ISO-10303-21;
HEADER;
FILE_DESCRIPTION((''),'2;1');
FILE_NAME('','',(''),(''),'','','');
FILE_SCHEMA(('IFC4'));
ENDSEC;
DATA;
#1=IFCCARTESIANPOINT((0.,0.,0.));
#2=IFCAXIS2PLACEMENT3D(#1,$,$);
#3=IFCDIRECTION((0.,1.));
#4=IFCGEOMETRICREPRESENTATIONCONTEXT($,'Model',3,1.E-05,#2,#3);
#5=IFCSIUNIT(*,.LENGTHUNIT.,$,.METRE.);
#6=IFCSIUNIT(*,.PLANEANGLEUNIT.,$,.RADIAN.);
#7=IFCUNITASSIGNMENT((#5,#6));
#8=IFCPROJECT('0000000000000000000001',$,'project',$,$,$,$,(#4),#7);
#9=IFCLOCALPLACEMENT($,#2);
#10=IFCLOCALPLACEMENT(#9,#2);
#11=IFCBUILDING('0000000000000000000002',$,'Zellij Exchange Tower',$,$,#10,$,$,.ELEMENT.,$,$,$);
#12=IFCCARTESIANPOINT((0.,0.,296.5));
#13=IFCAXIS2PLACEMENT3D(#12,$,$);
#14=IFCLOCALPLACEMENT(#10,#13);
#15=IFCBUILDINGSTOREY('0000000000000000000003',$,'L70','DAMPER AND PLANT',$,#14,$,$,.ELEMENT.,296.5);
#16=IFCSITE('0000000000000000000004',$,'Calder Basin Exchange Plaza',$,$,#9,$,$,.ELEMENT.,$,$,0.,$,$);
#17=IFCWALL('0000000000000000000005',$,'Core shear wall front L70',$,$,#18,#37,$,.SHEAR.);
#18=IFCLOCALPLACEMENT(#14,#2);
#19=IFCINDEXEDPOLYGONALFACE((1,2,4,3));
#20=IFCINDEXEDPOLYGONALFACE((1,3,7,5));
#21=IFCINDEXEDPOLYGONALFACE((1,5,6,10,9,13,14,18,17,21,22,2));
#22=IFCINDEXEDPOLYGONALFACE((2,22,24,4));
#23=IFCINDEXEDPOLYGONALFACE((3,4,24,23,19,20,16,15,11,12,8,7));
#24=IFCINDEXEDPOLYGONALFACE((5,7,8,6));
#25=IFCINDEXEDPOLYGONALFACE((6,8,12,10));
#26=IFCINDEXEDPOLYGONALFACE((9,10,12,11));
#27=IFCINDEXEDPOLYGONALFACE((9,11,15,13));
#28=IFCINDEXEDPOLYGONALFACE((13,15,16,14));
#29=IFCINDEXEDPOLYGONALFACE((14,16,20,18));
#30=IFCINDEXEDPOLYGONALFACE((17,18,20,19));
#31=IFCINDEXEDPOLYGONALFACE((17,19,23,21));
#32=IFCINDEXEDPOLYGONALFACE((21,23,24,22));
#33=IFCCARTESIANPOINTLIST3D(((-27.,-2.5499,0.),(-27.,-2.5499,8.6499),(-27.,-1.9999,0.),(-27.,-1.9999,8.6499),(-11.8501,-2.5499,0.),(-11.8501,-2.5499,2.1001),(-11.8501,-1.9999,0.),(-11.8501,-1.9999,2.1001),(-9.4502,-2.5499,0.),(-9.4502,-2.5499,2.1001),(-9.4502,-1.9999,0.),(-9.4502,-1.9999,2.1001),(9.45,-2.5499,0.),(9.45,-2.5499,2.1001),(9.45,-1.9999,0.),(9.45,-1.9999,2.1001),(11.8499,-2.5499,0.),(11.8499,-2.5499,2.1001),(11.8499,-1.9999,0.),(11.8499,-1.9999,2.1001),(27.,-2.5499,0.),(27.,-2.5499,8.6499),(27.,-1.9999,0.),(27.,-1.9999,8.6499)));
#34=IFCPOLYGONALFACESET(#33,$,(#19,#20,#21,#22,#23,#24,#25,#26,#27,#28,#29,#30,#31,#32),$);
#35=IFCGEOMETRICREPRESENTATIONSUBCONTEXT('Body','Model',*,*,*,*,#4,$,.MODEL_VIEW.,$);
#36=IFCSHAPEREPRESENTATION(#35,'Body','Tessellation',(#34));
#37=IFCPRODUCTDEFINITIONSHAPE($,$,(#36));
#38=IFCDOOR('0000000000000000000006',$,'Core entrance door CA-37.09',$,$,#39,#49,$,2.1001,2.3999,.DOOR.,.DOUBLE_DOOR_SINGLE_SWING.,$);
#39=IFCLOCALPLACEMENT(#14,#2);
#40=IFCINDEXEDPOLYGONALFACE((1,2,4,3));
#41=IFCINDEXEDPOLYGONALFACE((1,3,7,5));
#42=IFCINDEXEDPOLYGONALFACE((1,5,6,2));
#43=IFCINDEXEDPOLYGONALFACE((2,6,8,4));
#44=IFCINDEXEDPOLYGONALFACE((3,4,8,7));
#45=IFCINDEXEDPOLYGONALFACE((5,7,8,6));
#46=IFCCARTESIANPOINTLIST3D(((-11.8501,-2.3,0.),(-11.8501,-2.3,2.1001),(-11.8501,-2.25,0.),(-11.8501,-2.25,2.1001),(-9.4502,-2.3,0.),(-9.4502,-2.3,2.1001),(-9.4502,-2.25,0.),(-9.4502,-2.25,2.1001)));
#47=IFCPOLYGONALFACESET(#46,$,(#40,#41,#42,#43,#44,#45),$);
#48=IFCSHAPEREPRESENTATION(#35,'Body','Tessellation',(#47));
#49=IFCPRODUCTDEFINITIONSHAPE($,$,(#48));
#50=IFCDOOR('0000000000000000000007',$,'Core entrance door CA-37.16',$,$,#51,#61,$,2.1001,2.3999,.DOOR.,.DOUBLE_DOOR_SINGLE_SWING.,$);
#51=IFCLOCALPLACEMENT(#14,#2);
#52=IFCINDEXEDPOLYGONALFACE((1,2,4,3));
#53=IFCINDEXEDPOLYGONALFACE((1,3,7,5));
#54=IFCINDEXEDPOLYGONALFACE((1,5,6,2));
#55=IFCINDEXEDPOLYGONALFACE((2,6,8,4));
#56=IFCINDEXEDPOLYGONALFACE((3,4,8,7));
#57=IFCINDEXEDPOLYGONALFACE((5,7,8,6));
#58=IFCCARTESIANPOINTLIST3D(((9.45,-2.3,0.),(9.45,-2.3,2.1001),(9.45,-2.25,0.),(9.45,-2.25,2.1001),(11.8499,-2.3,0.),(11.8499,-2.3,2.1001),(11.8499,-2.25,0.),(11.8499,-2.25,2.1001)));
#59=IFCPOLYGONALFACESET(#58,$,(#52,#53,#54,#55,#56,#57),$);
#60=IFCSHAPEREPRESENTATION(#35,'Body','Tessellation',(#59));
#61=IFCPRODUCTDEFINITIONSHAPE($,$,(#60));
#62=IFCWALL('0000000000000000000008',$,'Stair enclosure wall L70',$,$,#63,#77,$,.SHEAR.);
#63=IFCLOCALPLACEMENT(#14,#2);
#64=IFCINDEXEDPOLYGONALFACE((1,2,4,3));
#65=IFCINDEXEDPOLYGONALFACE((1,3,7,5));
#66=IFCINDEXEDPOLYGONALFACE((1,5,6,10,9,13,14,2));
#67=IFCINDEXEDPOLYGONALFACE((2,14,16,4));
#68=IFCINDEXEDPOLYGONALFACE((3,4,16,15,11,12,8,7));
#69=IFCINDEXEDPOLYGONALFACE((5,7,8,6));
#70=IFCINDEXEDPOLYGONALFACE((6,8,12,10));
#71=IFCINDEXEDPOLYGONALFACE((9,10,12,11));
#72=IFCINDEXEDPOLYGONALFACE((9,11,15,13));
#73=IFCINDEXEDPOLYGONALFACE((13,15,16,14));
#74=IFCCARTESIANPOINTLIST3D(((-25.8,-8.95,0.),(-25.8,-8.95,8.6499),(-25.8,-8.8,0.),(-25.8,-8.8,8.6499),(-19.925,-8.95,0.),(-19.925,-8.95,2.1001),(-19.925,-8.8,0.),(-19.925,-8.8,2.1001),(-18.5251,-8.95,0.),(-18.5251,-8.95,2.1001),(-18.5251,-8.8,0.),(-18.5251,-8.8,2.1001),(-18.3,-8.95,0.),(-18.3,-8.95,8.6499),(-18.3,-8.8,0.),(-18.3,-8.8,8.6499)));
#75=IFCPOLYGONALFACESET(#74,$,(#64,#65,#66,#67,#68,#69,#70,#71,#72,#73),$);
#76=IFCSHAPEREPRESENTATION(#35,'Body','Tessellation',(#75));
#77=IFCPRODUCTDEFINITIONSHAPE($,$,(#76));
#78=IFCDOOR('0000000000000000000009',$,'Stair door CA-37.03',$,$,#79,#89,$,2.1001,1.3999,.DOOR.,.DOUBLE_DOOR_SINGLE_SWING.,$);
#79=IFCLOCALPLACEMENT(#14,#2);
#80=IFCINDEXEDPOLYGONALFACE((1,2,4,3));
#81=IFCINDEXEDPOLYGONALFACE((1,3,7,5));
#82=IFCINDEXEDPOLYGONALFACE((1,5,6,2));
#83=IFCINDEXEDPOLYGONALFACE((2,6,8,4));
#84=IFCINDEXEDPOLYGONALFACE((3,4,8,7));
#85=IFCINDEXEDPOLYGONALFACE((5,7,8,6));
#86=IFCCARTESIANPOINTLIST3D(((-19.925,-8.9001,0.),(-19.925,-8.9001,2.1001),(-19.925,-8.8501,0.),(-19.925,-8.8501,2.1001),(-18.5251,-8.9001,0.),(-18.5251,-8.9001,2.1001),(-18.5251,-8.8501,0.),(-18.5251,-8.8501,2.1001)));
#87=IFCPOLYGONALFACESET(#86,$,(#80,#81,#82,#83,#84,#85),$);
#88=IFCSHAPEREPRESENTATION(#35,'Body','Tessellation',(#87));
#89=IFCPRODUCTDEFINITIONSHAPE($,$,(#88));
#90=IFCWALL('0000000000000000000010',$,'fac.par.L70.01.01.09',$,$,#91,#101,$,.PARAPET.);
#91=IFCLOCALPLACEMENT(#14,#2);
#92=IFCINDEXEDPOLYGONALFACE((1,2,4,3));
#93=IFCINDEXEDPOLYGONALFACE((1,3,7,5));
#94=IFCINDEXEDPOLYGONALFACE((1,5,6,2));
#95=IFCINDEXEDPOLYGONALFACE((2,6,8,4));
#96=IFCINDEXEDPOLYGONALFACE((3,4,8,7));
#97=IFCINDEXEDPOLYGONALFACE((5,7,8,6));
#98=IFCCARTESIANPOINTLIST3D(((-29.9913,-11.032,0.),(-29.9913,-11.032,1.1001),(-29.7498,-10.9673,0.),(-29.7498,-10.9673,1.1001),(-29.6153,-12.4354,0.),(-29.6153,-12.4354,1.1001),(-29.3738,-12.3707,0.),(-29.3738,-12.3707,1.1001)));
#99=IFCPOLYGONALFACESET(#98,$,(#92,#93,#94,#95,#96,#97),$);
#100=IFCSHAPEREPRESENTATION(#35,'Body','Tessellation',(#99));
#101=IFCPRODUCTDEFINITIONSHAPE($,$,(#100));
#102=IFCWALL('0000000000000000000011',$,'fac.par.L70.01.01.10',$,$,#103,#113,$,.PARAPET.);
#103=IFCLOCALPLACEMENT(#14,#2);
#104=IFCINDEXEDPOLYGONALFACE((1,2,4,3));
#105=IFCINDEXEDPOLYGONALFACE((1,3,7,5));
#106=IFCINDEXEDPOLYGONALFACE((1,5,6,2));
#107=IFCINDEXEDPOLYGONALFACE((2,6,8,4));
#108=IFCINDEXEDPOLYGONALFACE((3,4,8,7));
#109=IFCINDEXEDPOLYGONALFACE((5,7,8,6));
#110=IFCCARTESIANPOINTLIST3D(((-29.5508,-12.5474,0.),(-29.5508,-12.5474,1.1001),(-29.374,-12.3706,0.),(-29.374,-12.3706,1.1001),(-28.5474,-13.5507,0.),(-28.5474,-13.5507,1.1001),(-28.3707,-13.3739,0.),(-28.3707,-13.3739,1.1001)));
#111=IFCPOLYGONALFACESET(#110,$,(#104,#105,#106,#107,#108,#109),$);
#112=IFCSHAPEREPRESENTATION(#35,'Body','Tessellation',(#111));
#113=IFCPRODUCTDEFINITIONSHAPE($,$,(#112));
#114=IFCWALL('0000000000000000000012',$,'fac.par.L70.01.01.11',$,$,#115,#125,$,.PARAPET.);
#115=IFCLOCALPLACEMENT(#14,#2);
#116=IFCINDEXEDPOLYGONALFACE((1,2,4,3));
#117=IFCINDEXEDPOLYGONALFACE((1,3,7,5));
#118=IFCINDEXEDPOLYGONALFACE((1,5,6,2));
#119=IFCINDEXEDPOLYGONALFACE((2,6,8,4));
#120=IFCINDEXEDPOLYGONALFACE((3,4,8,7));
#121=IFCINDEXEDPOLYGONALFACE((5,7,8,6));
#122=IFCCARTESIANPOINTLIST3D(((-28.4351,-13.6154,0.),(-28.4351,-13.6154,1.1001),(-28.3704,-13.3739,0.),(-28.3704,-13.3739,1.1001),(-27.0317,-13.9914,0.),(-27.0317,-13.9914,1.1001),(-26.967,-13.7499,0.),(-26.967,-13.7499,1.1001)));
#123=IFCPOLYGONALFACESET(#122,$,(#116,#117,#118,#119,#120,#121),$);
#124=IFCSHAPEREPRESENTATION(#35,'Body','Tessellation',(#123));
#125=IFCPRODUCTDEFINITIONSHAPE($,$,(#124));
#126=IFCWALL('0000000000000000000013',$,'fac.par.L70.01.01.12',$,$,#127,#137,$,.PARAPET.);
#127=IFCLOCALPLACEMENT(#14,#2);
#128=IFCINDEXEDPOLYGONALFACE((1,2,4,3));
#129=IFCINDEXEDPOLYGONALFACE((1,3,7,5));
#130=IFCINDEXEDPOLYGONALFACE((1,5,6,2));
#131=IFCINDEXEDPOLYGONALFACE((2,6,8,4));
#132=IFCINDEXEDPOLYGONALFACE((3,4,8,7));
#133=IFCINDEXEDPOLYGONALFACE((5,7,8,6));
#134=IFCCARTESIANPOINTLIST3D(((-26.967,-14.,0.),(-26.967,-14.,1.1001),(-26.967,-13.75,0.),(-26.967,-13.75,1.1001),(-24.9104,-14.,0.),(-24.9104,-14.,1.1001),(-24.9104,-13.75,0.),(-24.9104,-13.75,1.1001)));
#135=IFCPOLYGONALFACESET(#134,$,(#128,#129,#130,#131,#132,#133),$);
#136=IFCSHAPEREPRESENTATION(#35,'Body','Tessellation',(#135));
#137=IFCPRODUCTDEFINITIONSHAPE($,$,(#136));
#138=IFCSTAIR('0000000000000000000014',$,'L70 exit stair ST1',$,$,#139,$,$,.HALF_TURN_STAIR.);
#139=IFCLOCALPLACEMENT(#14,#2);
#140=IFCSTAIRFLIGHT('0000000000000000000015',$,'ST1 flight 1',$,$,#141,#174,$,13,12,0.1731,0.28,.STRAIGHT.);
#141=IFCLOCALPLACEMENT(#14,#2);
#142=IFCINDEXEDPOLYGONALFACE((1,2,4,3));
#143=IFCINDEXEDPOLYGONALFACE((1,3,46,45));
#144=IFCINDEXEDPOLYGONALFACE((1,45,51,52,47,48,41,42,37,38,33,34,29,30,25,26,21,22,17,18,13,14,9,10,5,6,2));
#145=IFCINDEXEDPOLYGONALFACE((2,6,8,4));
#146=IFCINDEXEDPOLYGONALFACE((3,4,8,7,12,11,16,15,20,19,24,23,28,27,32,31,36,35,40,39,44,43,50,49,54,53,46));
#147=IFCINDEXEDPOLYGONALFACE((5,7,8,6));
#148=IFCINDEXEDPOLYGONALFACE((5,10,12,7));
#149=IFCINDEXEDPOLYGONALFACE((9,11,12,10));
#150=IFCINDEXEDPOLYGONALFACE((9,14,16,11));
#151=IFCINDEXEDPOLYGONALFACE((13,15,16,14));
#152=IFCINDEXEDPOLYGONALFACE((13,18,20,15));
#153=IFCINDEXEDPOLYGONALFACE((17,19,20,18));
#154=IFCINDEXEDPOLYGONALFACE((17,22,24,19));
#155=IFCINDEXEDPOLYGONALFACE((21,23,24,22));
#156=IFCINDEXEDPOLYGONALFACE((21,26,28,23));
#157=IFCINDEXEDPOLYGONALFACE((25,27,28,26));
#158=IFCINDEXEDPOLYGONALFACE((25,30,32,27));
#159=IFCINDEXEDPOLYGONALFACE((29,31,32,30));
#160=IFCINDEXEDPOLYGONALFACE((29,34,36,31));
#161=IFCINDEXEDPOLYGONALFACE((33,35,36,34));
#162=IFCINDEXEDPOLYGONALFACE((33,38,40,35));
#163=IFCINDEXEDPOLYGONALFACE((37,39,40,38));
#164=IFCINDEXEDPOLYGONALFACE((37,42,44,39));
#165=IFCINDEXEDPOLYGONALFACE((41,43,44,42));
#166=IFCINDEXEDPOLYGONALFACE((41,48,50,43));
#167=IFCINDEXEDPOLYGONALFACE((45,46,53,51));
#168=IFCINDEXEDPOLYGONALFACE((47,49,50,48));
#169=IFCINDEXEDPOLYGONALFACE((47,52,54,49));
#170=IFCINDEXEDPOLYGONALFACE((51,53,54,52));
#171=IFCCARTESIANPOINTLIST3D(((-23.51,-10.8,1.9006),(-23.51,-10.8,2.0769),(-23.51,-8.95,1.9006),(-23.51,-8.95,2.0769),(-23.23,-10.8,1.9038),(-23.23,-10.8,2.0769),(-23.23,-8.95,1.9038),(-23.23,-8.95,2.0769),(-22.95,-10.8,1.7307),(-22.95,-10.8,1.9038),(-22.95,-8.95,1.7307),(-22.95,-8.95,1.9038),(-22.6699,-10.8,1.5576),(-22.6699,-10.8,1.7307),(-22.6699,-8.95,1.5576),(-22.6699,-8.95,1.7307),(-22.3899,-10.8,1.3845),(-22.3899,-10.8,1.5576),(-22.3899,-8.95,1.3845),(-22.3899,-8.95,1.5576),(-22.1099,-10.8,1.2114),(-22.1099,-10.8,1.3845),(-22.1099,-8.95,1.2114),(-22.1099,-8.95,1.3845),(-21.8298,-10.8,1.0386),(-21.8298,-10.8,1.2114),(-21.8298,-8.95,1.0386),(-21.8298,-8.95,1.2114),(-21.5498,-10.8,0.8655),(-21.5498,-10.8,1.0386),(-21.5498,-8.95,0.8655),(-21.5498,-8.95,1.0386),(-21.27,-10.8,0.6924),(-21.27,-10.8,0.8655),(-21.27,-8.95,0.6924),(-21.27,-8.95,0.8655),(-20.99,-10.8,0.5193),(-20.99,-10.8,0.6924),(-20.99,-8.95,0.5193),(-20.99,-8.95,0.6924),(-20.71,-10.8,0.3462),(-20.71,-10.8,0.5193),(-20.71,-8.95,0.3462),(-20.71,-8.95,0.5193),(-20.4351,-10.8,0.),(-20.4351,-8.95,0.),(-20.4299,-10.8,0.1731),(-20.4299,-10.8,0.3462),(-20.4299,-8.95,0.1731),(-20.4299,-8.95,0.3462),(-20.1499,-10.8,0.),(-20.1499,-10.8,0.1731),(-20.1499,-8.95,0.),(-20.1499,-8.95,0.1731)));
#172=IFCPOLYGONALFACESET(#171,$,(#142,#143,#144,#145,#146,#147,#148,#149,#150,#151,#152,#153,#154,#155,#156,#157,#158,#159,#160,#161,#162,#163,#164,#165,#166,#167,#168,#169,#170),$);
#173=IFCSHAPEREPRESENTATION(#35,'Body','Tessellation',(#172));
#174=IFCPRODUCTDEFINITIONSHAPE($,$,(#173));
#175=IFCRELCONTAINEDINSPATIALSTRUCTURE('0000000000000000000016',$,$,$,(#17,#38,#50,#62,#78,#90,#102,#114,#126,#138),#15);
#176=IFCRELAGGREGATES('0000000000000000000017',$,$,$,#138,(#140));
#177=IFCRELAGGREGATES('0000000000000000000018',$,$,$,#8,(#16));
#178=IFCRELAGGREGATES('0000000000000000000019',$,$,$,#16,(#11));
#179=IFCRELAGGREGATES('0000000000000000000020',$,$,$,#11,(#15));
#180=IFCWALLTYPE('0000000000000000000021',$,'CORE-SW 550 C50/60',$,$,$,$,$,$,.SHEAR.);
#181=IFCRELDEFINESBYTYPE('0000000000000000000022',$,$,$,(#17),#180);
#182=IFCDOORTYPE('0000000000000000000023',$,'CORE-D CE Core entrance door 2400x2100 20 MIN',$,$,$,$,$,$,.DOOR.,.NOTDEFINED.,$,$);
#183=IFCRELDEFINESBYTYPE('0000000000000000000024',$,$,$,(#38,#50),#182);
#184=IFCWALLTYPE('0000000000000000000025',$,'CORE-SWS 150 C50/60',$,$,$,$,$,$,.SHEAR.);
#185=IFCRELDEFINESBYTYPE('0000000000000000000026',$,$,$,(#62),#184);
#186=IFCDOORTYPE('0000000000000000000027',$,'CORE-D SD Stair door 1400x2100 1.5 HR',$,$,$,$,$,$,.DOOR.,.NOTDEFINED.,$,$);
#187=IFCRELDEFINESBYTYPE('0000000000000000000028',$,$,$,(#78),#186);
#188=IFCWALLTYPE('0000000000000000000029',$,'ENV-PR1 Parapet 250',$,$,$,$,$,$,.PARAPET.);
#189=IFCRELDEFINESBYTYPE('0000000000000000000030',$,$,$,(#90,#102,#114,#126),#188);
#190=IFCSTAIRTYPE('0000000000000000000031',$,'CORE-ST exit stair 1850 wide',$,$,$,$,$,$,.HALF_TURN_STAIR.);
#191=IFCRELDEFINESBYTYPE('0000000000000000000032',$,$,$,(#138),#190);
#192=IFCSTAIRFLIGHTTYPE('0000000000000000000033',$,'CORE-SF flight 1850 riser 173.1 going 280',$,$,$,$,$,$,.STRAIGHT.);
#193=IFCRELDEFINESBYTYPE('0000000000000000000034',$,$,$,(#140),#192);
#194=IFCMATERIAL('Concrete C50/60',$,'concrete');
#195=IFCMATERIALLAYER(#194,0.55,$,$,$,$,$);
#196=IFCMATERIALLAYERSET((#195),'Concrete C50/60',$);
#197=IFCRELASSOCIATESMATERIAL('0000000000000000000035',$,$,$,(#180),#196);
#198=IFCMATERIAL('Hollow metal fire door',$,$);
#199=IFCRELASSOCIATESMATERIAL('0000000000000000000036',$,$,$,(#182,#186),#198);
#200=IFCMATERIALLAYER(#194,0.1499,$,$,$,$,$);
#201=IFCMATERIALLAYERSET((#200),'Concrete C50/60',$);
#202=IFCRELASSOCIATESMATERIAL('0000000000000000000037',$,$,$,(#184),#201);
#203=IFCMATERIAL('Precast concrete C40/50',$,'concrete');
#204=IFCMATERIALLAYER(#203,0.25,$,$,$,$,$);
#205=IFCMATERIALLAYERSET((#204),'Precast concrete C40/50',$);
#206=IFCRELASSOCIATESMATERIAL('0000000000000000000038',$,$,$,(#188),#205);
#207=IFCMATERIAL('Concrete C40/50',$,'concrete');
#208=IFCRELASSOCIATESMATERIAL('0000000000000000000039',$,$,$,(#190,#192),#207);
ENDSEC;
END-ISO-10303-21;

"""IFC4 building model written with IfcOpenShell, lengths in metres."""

from ifc_helpers import new_model, si_unit, direction, frame, frame_2d, origin, place, context, subcontext, project, spatial, polyline, rectangle, outline, extrude, material, layer, layer_set, type_object, element, fill, aggregate, save


model = new_model("IFC4")

# Units and contexts
model_context = context("Model", 3, precision=1e-05, world=origin(), true_north=direction((0.0, 1.0)))
body_context = subcontext(model_context, "Body", "Model", "MODEL_VIEW")
ifc_project = project(units=[si_unit("LENGTHUNIT", "METRE"), si_unit("PLANEANGLEUNIT", "RADIAN")], contexts=[model_context])

# Site, building, storey
site_placement = place(None, origin())
site = spatial("IfcSite", under=ifc_project, at=site_placement, Name="Calder Basin Exchange Plaza", CompositionType="ELEMENT", RefElevation=0.0)
building_placement = place(site_placement, origin())
building = spatial("IfcBuilding", under=site, at=building_placement, Name="Zellij Exchange Tower", CompositionType="ELEMENT")
storey_placement = place(building_placement, frame((0.0, 0.0, 296.5)))
storey = spatial("IfcBuildingStorey", under=building, at=storey_placement, Name="L70", Description="DAMPER AND PLANT", CompositionType="ELEMENT", Elevation=296.5)

# Wall, openings, doors
ifc_material_1 = material(Name="Hollow metal fire door")
ifc_material_2 = material(Name="Concrete C50/60", Category="concrete")
ifc_layer_1 = layer(ifc_material_2, 0.55)
ifc_layer_set_1 = layer_set([ifc_layer_1], Name="Concrete C50/60")
wall_type_1 = type_object("IfcWallType", Name="CORE-SW 550 C50/60", PredefinedType="SHEAR", material=ifc_layer_set_1)
wall_1_placement = place(storey_placement, frame((-27.0, -2.2749, 0.0), z_axis=(0.0, 0.0, 1.0), x_axis=(1.0, 0.0, 0.0)))
wall_1 = element("IfcWall", 1, at=wall_1_placement, inside=storey, type_object=wall_type_1, Name="Core shear wall front L70", PredefinedType="SHEAR", context=body_context, shape_type="SweptSolid", body=[
    extrude(rectangle(XDim=54.0, YDim=0.55, at=frame_2d((27.0, 0.0))), origin(), (0.0, 0.0, 1.0), 8.6499),
])
opening_1_placement = place(wall_1_placement, frame((15.1499, 0.0, 0.0)))
opening_1 = element("IfcOpeningElement", 2, at=opening_1_placement, cuts=wall_1, PredefinedType="OPENING", context=body_context, shape_type="SweptSolid", body=[
    extrude(rectangle(XDim=2.3999, YDim=2.1001, at=frame_2d((1.2, 1.05))), frame((0.0, 0.2871, 0.0), z_axis=(0.0, -1.0, 0.0), x_axis=(1.0, 0.0, 0.0)), (0.0, 0.0, 1.0), 0.574),
])
opening_2_placement = place(wall_1_placement, frame((36.45, 0.0, 0.0)))
opening_2 = element("IfcOpeningElement", 3, at=opening_2_placement, cuts=wall_1, PredefinedType="OPENING", context=body_context, shape_type="SweptSolid", body=[
    extrude(rectangle(XDim=2.3999, YDim=2.1001, at=frame_2d((1.2, 1.05))), frame((0.0, 0.2871, 0.0), z_axis=(0.0, -1.0, 0.0), x_axis=(1.0, 0.0, 0.0)), (0.0, 0.0, 1.0), 0.574),
])
door_type_1 = type_object("IfcDoorType", Name="CORE-D CE Core entrance door 2400x2100 20 MIN", OperationType="NOTDEFINED", PredefinedType="DOOR", material=ifc_material_1)
door_1_placement = place(opening_1_placement, origin())
door_1 = element("IfcDoor", 4, at=door_1_placement, inside=storey, type_object=door_type_1, Name="Core entrance door CA-37.09", OperationType="DOUBLE_DOOR_SINGLE_SWING", OverallHeight=2.1001, OverallWidth=2.3999, PredefinedType="DOOR", context=body_context, shape_type="SweptSolid", body=[
    extrude(rectangle(XDim=2.3999, YDim=2.1001, at=frame_2d((1.2, 1.05))), frame((0.0, 0.0249, 0.0), z_axis=(0.0, -1.0, 0.0), x_axis=(1.0, 0.0, 0.0)), (0.0, 0.0, 1.0), 0.05),
])
fill(opening_1, door_1)
door_2_placement = place(opening_2_placement, origin())
door_2 = element("IfcDoor", 5, at=door_2_placement, inside=storey, type_object=door_type_1, Name="Core entrance door CA-37.16", OperationType="DOUBLE_DOOR_SINGLE_SWING", OverallHeight=2.1001, OverallWidth=2.3999, PredefinedType="DOOR", context=body_context, shape_type="SweptSolid", body=[
    extrude(rectangle(XDim=2.3999, YDim=2.1001, at=frame_2d((1.2, 1.05))), frame((0.0, 0.0249, 0.0), z_axis=(0.0, -1.0, 0.0), x_axis=(1.0, 0.0, 0.0)), (0.0, 0.0, 1.0), 0.05),
])
fill(opening_2, door_2)

# Wall, opening, door
ifc_layer_2 = layer(ifc_material_2, 0.1499)
ifc_layer_set_2 = layer_set([ifc_layer_2], Name="Concrete C50/60")
wall_type_2 = type_object("IfcWallType", Name="CORE-SWS 150 C50/60", PredefinedType="SHEAR", material=ifc_layer_set_2)
wall_2_placement = place(storey_placement, frame((-25.8, -8.875, 0.0), z_axis=(0.0, 0.0, 1.0), x_axis=(1.0, 0.0, 0.0)))
wall_2 = element("IfcWall", 6, at=wall_2_placement, inside=storey, type_object=wall_type_2, Name="Stair enclosure wall L70", PredefinedType="SHEAR", context=body_context, shape_type="SweptSolid", body=[
    extrude(rectangle(XDim=7.5, YDim=0.1499, at=frame_2d((3.75, 0.0))), origin(), (0.0, 0.0, 1.0), 8.6499),
])
opening_3_placement = place(wall_2_placement, frame((5.875, 0.0, 0.0)))
opening_3 = element("IfcOpeningElement", 7, at=opening_3_placement, cuts=wall_2, PredefinedType="OPENING", context=body_context, shape_type="SweptSolid", body=[
    extrude(rectangle(XDim=1.3999, YDim=2.1001, at=frame_2d((0.7, 1.05))), frame((0.0, 0.0869, 0.0), z_axis=(0.0, -1.0, 0.0), x_axis=(1.0, 0.0, 0.0)), (0.0, 0.0, 1.0), 0.1738),
])
door_type_2 = type_object("IfcDoorType", Name="CORE-D SD Stair door 1400x2100 1.5 HR", OperationType="NOTDEFINED", PredefinedType="DOOR", material=ifc_material_1)
door_3_placement = place(opening_3_placement, origin())
door_3 = element("IfcDoor", 8, at=door_3_placement, inside=storey, type_object=door_type_2, Name="Stair door CA-37.03", OperationType="DOUBLE_DOOR_SINGLE_SWING", OverallHeight=2.1001, OverallWidth=1.3999, PredefinedType="DOOR", context=body_context, shape_type="SweptSolid", body=[
    extrude(rectangle(XDim=1.3999, YDim=2.1001, at=frame_2d((0.7, 1.05))), frame((0.0, 0.0249, 0.0), z_axis=(0.0, -1.0, 0.0), x_axis=(1.0, 0.0, 0.0)), (0.0, 0.0, 1.0), 0.05),
])
fill(opening_3, door_3)

# Walls
ifc_material_3 = material(Name="Precast concrete C40/50", Category="concrete")
ifc_layer_3 = layer(ifc_material_3, 0.25)
ifc_layer_set_3 = layer_set([ifc_layer_3], Name="Precast concrete C40/50")
wall_type_3 = type_object("IfcWallType", Name="ENV-PR1 Parapet 250", PredefinedType="PARAPET", material=ifc_layer_set_3)
wall_3_placement = place(storey_placement, frame((-29.8706, -10.9995, 0.0), z_axis=(0.0, 0.0, 1.0), x_axis=(0.258792, -0.965933, 0.0)))
element("IfcWall", 9, at=wall_3_placement, inside=storey, type_object=wall_type_3, Name="fac.par.L70.01.01.09", PredefinedType="PARAPET", context=body_context, shape_type="SweptSolid", body=[
    extrude(rectangle(XDim=1.4529, YDim=0.25, at=frame_2d((0.7266, 0.0))), origin(), (0.0, 0.0, 1.0), 1.1001),
])
wall_4_placement = place(storey_placement, frame((-29.4624, -12.459, 0.0), z_axis=(0.0, 0.0, 1.0), x_axis=(0.707107, -0.707107, 0.0)))
element("IfcWall", 10, at=wall_4_placement, inside=storey, type_object=wall_type_3, Name="fac.par.L70.01.01.10", PredefinedType="PARAPET", context=body_context, shape_type="SweptSolid", body=[
    extrude(rectangle(XDim=1.4189, YDim=0.25, at=frame_2d((0.7095, 0.0))), origin(), (0.0, 0.0, 1.0), 1.1001),
])
wall_5_placement = place(storey_placement, frame((-28.4028, -13.4946, 0.0), z_axis=(0.0, 0.0, 1.0), x_axis=(0.965933, -0.258792, 0.0)))
element("IfcWall", 11, at=wall_5_placement, inside=storey, type_object=wall_type_3, Name="fac.par.L70.01.01.11", PredefinedType="PARAPET", context=body_context, shape_type="SweptSolid", body=[
    extrude(rectangle(XDim=1.4529, YDim=0.25, at=frame_2d((0.7266, 0.0))), origin(), (0.0, 0.0, 1.0), 1.1001),
])
wall_6_placement = place(storey_placement, frame((-26.967, -13.875, 0.0), z_axis=(0.0, 0.0, 1.0), x_axis=(1.0, 0.0, 0.0)))
element("IfcWall", 12, at=wall_6_placement, inside=storey, type_object=wall_type_3, Name="fac.par.L70.01.01.12", PredefinedType="PARAPET", context=body_context, shape_type="SweptSolid", body=[
    extrude(rectangle(XDim=2.0566, YDim=0.25, at=frame_2d((1.0283, 0.0))), origin(), (0.0, 0.0, 1.0), 1.1001),
])

# Stair, stair flight
ifc_material_4 = material(Name="Concrete C40/50", Category="concrete")
stair_type = type_object("IfcStairType", Name="CORE-ST exit stair 1850 wide", PredefinedType="HALF_TURN_STAIR", material=ifc_material_4)
stair_placement = place(storey_placement, origin())
stair = element("IfcStair", 13, at=stair_placement, inside=storey, type_object=stair_type, Name="L70 exit stair ST1", PredefinedType="HALF_TURN_STAIR")
stair_flight_type = type_object("IfcStairFlightType", Name="CORE-SF flight 1850 riser 173.1 going 280", PredefinedType="STRAIGHT", material=ifc_material_4)
stair_flight_1_placement = place(storey_placement, frame((-20.1499, -9.875, 0.0), z_axis=(0.0, 0.0, 1.0), x_axis=(-1.0, 0.0, 0.0)))
stair_flight_1 = element("IfcStairFlight", 14, at=stair_flight_1_placement, type_object=stair_flight_type, Name="ST1 flight 1", NumberOfRisers=13, NumberOfTreads=12, PredefinedType="STRAIGHT", RiserHeight=0.1731, TreadLength=0.28, context=body_context, shape_type="SweptSolid", body=[
    extrude(outline(polyline([(0.0, 0.0), (0.0, 0.1731), (0.28, 0.1731), (0.28, 0.3462), (0.5601, 0.3462), (0.5601, 0.5193), (0.8401, 0.5193), (0.8401, 0.6924), (1.1201, 0.6924), (1.1201, 0.8655), (1.3999, 0.8655), (1.3999, 1.0386), (1.6799, 1.0386), (1.6799, 1.2114), (1.96, 1.2114), (1.96, 1.3845), (2.24, 1.3845), (2.24, 1.5576), (2.52, 1.5576), (2.52, 1.7307), (2.8, 1.7307), (2.8, 1.9038), (3.0801, 1.9038), (3.0801, 2.0769), (3.3601, 2.0769), (3.3601, 2.25), (3.3601, 1.9006), (0.2852, 0.0), (0.0, 0.0)])), frame((0.0, 0.925, 0.0), z_axis=(0.0, -1.0, 0.0), x_axis=(1.0, 0.0, 0.0)), (0.0, 0.0, 1.0), 1.8501),
])
aggregate(stair, [stair_flight_1])

save(model, "model.ifc")
